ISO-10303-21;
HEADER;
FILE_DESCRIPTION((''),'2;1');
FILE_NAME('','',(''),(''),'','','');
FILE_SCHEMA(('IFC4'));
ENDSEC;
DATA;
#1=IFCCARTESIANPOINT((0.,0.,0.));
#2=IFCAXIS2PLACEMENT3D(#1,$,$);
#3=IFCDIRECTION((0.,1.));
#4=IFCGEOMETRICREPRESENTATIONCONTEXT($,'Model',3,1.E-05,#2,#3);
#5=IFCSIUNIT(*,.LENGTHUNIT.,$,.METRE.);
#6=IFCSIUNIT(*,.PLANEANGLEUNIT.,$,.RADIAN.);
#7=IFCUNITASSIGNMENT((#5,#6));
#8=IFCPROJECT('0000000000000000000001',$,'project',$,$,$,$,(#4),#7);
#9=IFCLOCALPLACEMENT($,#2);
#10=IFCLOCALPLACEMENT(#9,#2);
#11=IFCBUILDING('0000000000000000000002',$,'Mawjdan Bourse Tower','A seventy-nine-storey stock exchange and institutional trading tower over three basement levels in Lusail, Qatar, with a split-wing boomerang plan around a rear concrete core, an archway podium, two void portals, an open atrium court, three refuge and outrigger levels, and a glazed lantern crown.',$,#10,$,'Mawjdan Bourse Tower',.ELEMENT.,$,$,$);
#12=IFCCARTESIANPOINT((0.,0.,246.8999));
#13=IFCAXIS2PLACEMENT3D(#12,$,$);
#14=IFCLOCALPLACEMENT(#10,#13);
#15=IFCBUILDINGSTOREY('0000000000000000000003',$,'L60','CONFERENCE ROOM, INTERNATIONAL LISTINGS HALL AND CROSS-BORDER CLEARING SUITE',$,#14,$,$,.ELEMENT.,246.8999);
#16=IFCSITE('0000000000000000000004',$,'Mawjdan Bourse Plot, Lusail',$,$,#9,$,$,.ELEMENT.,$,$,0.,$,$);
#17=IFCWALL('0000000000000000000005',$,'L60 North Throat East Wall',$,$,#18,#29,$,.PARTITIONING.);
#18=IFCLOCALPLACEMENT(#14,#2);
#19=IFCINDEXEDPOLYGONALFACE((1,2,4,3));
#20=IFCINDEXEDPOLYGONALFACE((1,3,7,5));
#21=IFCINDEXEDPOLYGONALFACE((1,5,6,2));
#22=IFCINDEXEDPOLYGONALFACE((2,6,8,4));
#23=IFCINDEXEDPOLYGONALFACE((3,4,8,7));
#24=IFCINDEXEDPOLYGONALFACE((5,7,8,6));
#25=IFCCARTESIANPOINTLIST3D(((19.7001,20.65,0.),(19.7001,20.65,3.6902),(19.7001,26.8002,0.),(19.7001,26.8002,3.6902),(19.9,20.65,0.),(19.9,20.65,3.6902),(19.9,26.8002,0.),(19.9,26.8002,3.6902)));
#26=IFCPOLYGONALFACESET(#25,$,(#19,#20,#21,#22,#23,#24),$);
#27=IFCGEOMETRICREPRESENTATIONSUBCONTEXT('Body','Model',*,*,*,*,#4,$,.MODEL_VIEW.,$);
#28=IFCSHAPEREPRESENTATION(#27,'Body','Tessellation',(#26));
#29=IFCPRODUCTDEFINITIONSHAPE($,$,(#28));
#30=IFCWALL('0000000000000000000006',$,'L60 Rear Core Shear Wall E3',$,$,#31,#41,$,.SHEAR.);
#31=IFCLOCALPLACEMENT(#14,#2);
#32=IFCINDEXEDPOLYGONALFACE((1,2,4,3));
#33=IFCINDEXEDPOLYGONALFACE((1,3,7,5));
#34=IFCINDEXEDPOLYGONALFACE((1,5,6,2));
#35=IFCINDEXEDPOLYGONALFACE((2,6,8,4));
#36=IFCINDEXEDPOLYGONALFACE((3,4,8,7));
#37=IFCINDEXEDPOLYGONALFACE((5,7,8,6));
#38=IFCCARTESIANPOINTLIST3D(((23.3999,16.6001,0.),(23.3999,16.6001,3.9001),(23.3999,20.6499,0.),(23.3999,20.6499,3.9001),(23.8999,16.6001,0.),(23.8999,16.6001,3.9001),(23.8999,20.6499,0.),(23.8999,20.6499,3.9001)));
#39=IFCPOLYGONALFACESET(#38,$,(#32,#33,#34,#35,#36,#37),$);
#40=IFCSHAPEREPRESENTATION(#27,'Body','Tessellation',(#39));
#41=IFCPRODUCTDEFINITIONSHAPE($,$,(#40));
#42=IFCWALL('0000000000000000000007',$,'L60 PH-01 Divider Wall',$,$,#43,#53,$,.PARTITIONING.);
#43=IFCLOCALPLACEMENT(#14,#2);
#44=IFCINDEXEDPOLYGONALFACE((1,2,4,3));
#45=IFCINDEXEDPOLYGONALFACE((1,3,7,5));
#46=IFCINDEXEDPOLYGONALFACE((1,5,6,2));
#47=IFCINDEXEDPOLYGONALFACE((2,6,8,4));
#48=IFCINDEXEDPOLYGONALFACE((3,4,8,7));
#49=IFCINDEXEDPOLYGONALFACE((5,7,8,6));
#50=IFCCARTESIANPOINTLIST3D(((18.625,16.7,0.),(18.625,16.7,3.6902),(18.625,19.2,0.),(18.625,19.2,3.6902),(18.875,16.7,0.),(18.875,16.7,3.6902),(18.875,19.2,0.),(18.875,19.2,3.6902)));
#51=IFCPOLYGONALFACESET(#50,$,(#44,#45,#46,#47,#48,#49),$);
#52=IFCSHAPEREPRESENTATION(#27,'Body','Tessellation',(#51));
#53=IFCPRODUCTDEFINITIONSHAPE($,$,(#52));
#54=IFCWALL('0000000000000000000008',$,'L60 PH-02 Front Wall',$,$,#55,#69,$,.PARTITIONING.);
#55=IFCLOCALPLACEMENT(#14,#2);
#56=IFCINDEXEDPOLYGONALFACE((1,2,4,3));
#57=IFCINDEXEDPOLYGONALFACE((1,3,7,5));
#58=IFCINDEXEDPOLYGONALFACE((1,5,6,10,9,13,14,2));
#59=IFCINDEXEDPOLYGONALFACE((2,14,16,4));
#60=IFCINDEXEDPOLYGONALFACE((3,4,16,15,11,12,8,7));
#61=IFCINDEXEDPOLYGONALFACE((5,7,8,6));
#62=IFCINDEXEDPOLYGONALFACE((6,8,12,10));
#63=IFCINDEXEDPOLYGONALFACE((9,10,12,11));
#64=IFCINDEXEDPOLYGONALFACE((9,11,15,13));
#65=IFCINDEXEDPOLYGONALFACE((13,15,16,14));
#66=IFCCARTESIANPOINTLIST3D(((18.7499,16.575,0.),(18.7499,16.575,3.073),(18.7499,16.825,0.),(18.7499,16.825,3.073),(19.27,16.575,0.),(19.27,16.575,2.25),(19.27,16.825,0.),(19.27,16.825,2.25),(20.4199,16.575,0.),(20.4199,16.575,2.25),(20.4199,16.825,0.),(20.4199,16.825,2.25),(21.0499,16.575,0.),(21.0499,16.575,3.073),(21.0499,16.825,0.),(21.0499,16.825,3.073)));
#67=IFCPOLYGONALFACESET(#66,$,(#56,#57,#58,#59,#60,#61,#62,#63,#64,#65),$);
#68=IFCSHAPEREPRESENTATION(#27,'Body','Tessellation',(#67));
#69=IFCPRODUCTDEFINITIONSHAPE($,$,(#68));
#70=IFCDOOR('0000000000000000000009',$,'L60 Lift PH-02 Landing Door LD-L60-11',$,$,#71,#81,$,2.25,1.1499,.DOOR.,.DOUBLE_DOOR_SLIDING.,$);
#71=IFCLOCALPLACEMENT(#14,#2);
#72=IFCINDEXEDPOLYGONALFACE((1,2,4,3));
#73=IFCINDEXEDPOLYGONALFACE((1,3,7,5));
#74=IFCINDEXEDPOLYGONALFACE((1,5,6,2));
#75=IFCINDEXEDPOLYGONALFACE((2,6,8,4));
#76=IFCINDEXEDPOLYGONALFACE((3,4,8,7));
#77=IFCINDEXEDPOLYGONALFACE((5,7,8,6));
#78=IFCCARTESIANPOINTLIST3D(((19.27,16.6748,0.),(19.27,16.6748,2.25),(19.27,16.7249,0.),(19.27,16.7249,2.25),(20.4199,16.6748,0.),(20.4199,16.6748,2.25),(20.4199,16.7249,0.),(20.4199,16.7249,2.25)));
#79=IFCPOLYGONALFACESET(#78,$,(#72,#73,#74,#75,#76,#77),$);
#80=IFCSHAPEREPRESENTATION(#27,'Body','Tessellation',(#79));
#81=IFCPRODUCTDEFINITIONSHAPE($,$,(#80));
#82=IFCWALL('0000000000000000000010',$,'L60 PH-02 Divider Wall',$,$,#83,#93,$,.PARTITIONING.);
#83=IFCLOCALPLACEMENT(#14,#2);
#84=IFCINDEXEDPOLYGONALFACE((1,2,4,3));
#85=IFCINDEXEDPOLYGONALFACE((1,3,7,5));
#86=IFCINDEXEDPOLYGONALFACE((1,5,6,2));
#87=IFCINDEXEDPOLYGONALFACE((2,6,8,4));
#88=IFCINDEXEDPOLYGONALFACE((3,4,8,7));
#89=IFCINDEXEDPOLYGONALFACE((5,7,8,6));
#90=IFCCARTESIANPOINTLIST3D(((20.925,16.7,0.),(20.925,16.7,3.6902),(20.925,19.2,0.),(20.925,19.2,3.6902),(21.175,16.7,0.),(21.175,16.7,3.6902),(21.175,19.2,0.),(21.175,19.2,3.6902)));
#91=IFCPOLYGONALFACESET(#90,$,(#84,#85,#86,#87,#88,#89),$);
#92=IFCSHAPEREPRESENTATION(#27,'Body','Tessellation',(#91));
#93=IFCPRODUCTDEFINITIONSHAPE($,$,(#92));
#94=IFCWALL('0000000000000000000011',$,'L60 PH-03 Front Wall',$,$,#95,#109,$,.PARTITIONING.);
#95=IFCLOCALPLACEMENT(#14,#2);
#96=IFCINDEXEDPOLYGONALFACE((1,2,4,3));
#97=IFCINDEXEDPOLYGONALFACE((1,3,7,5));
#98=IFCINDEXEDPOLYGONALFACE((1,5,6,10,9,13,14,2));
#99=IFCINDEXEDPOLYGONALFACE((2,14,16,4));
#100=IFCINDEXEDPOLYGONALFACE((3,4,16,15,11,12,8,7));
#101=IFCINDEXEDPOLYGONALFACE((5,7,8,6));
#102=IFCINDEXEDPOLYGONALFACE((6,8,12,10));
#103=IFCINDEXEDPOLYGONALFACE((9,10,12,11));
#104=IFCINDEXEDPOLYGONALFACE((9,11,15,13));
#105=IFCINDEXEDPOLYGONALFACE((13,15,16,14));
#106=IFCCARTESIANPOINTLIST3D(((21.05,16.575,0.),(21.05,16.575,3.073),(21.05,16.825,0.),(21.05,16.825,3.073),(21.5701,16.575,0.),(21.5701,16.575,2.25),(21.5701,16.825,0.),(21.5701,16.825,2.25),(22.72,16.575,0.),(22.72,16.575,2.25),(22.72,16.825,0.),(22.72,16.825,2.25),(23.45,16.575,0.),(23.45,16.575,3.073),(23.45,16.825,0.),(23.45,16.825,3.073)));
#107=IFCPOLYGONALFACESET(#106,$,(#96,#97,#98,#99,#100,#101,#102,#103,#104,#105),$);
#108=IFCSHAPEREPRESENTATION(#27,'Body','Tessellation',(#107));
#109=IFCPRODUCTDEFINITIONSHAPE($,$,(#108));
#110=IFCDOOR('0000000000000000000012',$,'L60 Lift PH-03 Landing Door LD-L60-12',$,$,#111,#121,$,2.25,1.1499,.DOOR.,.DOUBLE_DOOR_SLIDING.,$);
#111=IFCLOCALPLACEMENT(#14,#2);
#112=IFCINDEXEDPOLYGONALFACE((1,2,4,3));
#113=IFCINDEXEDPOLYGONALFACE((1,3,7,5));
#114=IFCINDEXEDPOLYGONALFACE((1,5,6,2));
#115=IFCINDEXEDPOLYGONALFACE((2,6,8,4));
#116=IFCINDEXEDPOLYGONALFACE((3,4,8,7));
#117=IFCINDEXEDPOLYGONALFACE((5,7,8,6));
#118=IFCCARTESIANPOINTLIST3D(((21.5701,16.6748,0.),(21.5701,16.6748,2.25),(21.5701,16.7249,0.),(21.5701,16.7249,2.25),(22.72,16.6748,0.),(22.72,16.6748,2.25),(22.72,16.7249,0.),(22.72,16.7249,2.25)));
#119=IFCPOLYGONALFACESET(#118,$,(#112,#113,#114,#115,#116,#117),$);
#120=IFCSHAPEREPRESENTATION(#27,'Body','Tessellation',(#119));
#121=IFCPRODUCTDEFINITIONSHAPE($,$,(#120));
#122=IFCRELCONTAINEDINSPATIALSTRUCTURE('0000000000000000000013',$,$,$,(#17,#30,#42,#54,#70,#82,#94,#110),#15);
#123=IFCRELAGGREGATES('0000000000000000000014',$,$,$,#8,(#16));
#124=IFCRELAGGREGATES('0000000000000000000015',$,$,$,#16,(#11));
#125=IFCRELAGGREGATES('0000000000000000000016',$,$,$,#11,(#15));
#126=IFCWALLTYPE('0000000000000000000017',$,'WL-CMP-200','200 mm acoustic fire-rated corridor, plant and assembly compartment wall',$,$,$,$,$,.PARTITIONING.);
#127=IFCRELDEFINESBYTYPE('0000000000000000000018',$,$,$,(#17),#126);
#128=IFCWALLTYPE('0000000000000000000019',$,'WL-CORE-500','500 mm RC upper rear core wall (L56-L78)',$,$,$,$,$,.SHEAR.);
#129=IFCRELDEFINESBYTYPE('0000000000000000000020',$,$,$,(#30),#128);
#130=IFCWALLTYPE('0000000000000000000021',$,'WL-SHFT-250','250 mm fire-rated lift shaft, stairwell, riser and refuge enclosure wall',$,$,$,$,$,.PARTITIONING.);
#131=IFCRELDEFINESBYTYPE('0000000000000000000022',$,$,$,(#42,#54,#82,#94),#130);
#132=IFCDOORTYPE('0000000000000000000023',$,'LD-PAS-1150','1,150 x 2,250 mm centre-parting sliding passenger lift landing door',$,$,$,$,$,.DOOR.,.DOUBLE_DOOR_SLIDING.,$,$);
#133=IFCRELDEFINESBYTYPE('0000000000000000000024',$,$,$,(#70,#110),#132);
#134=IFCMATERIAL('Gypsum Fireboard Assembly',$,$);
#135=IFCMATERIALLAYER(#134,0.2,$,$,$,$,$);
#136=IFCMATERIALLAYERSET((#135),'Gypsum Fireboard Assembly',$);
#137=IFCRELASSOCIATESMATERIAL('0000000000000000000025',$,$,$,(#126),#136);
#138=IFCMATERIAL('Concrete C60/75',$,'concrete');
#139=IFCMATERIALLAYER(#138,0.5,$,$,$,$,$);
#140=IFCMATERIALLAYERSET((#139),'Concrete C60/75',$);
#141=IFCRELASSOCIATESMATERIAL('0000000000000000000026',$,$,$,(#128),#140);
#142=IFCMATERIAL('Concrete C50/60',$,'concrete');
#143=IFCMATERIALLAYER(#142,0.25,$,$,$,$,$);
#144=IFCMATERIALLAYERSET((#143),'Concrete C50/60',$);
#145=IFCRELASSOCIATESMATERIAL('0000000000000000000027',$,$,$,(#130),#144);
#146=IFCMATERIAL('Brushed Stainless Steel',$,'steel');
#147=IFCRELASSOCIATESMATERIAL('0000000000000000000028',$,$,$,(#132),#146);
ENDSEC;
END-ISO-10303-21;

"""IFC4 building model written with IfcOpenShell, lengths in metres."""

from ifc_helpers import new_model, si_unit, direction, frame, frame_2d, origin, place, context, subcontext, project, spatial, rectangle, extrude, material, layer, layer_set, type_object, element, fill, save


model = new_model("IFC4")

# Units and contexts
model_context = context("Model", 3, precision=1e-05, world=origin(), true_north=direction((0.0, 1.0)))
body_context = subcontext(model_context, "Body", "Model", "MODEL_VIEW")
ifc_project = project(units=[si_unit("LENGTHUNIT", "METRE"), si_unit("PLANEANGLEUNIT", "RADIAN")], contexts=[model_context])

# Site, building, storey
site_placement = place(None, origin())
site = spatial("IfcSite", under=ifc_project, at=site_placement, Name="Mawjdan Bourse Plot, Lusail", CompositionType="ELEMENT", RefElevation=0.0)
building_placement = place(site_placement, origin())
building = spatial("IfcBuilding", under=site, at=building_placement, Name="Mawjdan Bourse Tower", Description="A seventy-nine-storey stock exchange and institutional trading tower over three basement levels in Lusail, Qatar, with a split-wing boomerang plan around a rear concrete core, an archway podium, two void portals, an open atrium court, three refuge and outrigger levels, and a glazed lantern crown.", LongName="Mawjdan Bourse Tower", CompositionType="ELEMENT")
storey_placement = place(building_placement, frame((0.0, 0.0, 246.8999)))
storey = spatial("IfcBuildingStorey", under=building, at=storey_placement, Name="L60", Description="CONFERENCE ROOM, INTERNATIONAL LISTINGS HALL AND CROSS-BORDER CLEARING SUITE", CompositionType="ELEMENT", Elevation=246.8999)

# Shared definitions
ifc_material_1 = material(Name="Concrete C60/75", Category="concrete")

# Shared definitions
ifc_material_2 = material(Name="Gypsum Fireboard Assembly")
ifc_layer_1 = layer(ifc_material_2, 0.2)
ifc_layer_set_1 = layer_set([ifc_layer_1], Name="Gypsum Fireboard Assembly")
wall_type_1 = type_object("IfcWallType", Name="WL-CMP-200", Description="200 mm acoustic fire-rated corridor, plant and assembly compartment wall", PredefinedType="PARTITIONING", material=ifc_layer_set_1)

# Walls
wall_1_placement = place(storey_placement, frame((19.8, 20.6499, 0.0), z_axis=(0.0, 0.0, 1.0), x_axis=(0.0, 1.0, 0.0)))
element("IfcWall", 1, at=wall_1_placement, inside=storey, type_object=wall_type_1, Name="L60 North Throat East Wall", PredefinedType="PARTITIONING", context=body_context, shape_type="SweptSolid", body=[
    extrude(rectangle(XDim=6.1501, YDim=0.2, at=frame_2d((3.0752, 0.0))), origin(), (0.0, 0.0, 1.0), 3.6902),
])
ifc_layer_2 = layer(ifc_material_1, 0.5)
ifc_layer_set_2 = layer_set([ifc_layer_2], Name="Concrete C60/75")
wall_type_2 = type_object("IfcWallType", Name="WL-CORE-500", Description="500 mm RC upper rear core wall (L56-L78)", PredefinedType="SHEAR", material=ifc_layer_set_2)
wall_2_placement = place(storey_placement, frame((23.6499, 16.6001, 0.0), z_axis=(0.0, 0.0, 1.0), x_axis=(0.0, 1.0, 0.0)))
element("IfcWall", 2, at=wall_2_placement, inside=storey, type_object=wall_type_2, Name="L60 Rear Core Shear Wall E3", PredefinedType="SHEAR", context=body_context, shape_type="SweptSolid", body=[
    extrude(rectangle(XDim=4.0498, YDim=0.5, at=frame_2d((2.0249, 0.0))), origin(), (0.0, 0.0, 1.0), 3.9001),
])
ifc_material_3 = material(Name="Concrete C50/60", Category="concrete")
ifc_layer_3 = layer(ifc_material_3, 0.25)
ifc_layer_set_3 = layer_set([ifc_layer_3], Name="Concrete C50/60")
wall_type_3 = type_object("IfcWallType", Name="WL-SHFT-250", Description="250 mm fire-rated lift shaft, stairwell, riser and refuge enclosure wall", PredefinedType="PARTITIONING", material=ifc_layer_set_3)
wall_3_placement = place(storey_placement, frame((18.75, 16.7, 0.0), z_axis=(0.0, 0.0, 1.0), x_axis=(0.0, 1.0, 0.0)))
element("IfcWall", 3, at=wall_3_placement, inside=storey, type_object=wall_type_3, Name="L60 PH-01 Divider Wall", PredefinedType="PARTITIONING", context=body_context, shape_type="SweptSolid", body=[
    extrude(rectangle(XDim=2.5, YDim=0.25, at=frame_2d((1.25, 0.0))), origin(), (0.0, 0.0, 1.0), 3.6902),
])

# Wall, opening, door
wall_4_placement = place(storey_placement, frame((18.75, 16.7, 0.0), z_axis=(0.0, 0.0, 1.0), x_axis=(1.0, 0.0, 0.0)))
wall_4 = element("IfcWall", 4, at=wall_4_placement, inside=storey, type_object=wall_type_3, Name="L60 PH-02 Front Wall", PredefinedType="PARTITIONING", context=body_context, shape_type="SweptSolid", body=[
    extrude(rectangle(XDim=2.3, YDim=0.25, at=frame_2d((1.1499, 0.0))), origin(), (0.0, 0.0, 1.0), 3.073),
])
opening_1_placement = place(wall_4_placement, frame((0.52, 0.0, 0.0)))
opening_1 = element("IfcOpeningElement", 5, at=opening_1_placement, cuts=wall_4, PredefinedType="OPENING", context=body_context, shape_type="SweptSolid", body=[
    extrude(rectangle(XDim=1.1499, YDim=2.25, at=frame_2d((0.575, 1.125))), frame((0.0, 0.135, 0.0), z_axis=(0.0, -1.0, 0.0), x_axis=(1.0, 0.0, 0.0)), (0.0, 0.0, 1.0), 0.27),
])
ifc_material_4 = material(Name="Brushed Stainless Steel", Category="steel")
door_type_1 = type_object("IfcDoorType", Name="LD-PAS-1150", Description="1,150 x 2,250 mm centre-parting sliding passenger lift landing door", OperationType="DOUBLE_DOOR_SLIDING", PredefinedType="DOOR", material=ifc_material_4)
door_1_placement = place(opening_1_placement, origin())
door_1 = element("IfcDoor", 6, at=door_1_placement, inside=storey, type_object=door_type_1, Name="L60 Lift PH-02 Landing Door LD-L60-11", OperationType="DOUBLE_DOOR_SLIDING", OverallHeight=2.25, OverallWidth=1.1499, PredefinedType="DOOR", context=body_context, shape_type="SweptSolid", body=[
    extrude(rectangle(XDim=1.1499, YDim=2.25, at=frame_2d((0.575, 1.125))), frame((0.0, 0.0249, 0.0), z_axis=(0.0, -1.0, 0.0), x_axis=(1.0, 0.0, 0.0)), (0.0, 0.0, 1.0), 0.05),
])
fill(opening_1, door_1)

# Wall
wall_5_placement = place(storey_placement, frame((21.05, 16.7, 0.0), z_axis=(0.0, 0.0, 1.0), x_axis=(0.0, 1.0, 0.0)))
element("IfcWall", 7, at=wall_5_placement, inside=storey, type_object=wall_type_3, Name="L60 PH-02 Divider Wall", PredefinedType="PARTITIONING", context=body_context, shape_type="SweptSolid", body=[
    extrude(rectangle(XDim=2.5, YDim=0.25, at=frame_2d((1.25, 0.0))), origin(), (0.0, 0.0, 1.0), 3.6902),
])

# Wall, opening, door
wall_6_placement = place(storey_placement, frame((21.05, 16.7, 0.0), z_axis=(0.0, 0.0, 1.0), x_axis=(1.0, 0.0, 0.0)))
wall_6 = element("IfcWall", 8, at=wall_6_placement, inside=storey, type_object=wall_type_3, Name="L60 PH-03 Front Wall", PredefinedType="PARTITIONING", context=body_context, shape_type="SweptSolid", body=[
    extrude(rectangle(XDim=2.3999, YDim=0.25, at=frame_2d((1.2, 0.0))), origin(), (0.0, 0.0, 1.0), 3.073),
])
opening_2_placement = place(wall_6_placement, frame((0.52, 0.0, 0.0)))
opening_2 = element("IfcOpeningElement", 9, at=opening_2_placement, cuts=wall_6, PredefinedType="OPENING", context=body_context, shape_type="SweptSolid", body=[
    extrude(rectangle(XDim=1.1499, YDim=2.25, at=frame_2d((0.575, 1.125))), frame((0.0, 0.135, 0.0), z_axis=(0.0, -1.0, 0.0), x_axis=(1.0, 0.0, 0.0)), (0.0, 0.0, 1.0), 0.27),
])
door_2_placement = place(opening_2_placement, origin())
door_2 = element("IfcDoor", 10, at=door_2_placement, inside=storey, type_object=door_type_1, Name="L60 Lift PH-03 Landing Door LD-L60-12", OperationType="DOUBLE_DOOR_SLIDING", OverallHeight=2.25, OverallWidth=1.1499, PredefinedType="DOOR", context=body_context, shape_type="SweptSolid", body=[
    extrude(rectangle(XDim=1.1499, YDim=2.25, at=frame_2d((0.575, 1.125))), frame((0.0, 0.0249, 0.0), z_axis=(0.0, -1.0, 0.0), x_axis=(1.0, 0.0, 0.0)), (0.0, 0.0, 1.0), 0.05),
])
fill(opening_2, door_2)

save(model, "model.ifc")
